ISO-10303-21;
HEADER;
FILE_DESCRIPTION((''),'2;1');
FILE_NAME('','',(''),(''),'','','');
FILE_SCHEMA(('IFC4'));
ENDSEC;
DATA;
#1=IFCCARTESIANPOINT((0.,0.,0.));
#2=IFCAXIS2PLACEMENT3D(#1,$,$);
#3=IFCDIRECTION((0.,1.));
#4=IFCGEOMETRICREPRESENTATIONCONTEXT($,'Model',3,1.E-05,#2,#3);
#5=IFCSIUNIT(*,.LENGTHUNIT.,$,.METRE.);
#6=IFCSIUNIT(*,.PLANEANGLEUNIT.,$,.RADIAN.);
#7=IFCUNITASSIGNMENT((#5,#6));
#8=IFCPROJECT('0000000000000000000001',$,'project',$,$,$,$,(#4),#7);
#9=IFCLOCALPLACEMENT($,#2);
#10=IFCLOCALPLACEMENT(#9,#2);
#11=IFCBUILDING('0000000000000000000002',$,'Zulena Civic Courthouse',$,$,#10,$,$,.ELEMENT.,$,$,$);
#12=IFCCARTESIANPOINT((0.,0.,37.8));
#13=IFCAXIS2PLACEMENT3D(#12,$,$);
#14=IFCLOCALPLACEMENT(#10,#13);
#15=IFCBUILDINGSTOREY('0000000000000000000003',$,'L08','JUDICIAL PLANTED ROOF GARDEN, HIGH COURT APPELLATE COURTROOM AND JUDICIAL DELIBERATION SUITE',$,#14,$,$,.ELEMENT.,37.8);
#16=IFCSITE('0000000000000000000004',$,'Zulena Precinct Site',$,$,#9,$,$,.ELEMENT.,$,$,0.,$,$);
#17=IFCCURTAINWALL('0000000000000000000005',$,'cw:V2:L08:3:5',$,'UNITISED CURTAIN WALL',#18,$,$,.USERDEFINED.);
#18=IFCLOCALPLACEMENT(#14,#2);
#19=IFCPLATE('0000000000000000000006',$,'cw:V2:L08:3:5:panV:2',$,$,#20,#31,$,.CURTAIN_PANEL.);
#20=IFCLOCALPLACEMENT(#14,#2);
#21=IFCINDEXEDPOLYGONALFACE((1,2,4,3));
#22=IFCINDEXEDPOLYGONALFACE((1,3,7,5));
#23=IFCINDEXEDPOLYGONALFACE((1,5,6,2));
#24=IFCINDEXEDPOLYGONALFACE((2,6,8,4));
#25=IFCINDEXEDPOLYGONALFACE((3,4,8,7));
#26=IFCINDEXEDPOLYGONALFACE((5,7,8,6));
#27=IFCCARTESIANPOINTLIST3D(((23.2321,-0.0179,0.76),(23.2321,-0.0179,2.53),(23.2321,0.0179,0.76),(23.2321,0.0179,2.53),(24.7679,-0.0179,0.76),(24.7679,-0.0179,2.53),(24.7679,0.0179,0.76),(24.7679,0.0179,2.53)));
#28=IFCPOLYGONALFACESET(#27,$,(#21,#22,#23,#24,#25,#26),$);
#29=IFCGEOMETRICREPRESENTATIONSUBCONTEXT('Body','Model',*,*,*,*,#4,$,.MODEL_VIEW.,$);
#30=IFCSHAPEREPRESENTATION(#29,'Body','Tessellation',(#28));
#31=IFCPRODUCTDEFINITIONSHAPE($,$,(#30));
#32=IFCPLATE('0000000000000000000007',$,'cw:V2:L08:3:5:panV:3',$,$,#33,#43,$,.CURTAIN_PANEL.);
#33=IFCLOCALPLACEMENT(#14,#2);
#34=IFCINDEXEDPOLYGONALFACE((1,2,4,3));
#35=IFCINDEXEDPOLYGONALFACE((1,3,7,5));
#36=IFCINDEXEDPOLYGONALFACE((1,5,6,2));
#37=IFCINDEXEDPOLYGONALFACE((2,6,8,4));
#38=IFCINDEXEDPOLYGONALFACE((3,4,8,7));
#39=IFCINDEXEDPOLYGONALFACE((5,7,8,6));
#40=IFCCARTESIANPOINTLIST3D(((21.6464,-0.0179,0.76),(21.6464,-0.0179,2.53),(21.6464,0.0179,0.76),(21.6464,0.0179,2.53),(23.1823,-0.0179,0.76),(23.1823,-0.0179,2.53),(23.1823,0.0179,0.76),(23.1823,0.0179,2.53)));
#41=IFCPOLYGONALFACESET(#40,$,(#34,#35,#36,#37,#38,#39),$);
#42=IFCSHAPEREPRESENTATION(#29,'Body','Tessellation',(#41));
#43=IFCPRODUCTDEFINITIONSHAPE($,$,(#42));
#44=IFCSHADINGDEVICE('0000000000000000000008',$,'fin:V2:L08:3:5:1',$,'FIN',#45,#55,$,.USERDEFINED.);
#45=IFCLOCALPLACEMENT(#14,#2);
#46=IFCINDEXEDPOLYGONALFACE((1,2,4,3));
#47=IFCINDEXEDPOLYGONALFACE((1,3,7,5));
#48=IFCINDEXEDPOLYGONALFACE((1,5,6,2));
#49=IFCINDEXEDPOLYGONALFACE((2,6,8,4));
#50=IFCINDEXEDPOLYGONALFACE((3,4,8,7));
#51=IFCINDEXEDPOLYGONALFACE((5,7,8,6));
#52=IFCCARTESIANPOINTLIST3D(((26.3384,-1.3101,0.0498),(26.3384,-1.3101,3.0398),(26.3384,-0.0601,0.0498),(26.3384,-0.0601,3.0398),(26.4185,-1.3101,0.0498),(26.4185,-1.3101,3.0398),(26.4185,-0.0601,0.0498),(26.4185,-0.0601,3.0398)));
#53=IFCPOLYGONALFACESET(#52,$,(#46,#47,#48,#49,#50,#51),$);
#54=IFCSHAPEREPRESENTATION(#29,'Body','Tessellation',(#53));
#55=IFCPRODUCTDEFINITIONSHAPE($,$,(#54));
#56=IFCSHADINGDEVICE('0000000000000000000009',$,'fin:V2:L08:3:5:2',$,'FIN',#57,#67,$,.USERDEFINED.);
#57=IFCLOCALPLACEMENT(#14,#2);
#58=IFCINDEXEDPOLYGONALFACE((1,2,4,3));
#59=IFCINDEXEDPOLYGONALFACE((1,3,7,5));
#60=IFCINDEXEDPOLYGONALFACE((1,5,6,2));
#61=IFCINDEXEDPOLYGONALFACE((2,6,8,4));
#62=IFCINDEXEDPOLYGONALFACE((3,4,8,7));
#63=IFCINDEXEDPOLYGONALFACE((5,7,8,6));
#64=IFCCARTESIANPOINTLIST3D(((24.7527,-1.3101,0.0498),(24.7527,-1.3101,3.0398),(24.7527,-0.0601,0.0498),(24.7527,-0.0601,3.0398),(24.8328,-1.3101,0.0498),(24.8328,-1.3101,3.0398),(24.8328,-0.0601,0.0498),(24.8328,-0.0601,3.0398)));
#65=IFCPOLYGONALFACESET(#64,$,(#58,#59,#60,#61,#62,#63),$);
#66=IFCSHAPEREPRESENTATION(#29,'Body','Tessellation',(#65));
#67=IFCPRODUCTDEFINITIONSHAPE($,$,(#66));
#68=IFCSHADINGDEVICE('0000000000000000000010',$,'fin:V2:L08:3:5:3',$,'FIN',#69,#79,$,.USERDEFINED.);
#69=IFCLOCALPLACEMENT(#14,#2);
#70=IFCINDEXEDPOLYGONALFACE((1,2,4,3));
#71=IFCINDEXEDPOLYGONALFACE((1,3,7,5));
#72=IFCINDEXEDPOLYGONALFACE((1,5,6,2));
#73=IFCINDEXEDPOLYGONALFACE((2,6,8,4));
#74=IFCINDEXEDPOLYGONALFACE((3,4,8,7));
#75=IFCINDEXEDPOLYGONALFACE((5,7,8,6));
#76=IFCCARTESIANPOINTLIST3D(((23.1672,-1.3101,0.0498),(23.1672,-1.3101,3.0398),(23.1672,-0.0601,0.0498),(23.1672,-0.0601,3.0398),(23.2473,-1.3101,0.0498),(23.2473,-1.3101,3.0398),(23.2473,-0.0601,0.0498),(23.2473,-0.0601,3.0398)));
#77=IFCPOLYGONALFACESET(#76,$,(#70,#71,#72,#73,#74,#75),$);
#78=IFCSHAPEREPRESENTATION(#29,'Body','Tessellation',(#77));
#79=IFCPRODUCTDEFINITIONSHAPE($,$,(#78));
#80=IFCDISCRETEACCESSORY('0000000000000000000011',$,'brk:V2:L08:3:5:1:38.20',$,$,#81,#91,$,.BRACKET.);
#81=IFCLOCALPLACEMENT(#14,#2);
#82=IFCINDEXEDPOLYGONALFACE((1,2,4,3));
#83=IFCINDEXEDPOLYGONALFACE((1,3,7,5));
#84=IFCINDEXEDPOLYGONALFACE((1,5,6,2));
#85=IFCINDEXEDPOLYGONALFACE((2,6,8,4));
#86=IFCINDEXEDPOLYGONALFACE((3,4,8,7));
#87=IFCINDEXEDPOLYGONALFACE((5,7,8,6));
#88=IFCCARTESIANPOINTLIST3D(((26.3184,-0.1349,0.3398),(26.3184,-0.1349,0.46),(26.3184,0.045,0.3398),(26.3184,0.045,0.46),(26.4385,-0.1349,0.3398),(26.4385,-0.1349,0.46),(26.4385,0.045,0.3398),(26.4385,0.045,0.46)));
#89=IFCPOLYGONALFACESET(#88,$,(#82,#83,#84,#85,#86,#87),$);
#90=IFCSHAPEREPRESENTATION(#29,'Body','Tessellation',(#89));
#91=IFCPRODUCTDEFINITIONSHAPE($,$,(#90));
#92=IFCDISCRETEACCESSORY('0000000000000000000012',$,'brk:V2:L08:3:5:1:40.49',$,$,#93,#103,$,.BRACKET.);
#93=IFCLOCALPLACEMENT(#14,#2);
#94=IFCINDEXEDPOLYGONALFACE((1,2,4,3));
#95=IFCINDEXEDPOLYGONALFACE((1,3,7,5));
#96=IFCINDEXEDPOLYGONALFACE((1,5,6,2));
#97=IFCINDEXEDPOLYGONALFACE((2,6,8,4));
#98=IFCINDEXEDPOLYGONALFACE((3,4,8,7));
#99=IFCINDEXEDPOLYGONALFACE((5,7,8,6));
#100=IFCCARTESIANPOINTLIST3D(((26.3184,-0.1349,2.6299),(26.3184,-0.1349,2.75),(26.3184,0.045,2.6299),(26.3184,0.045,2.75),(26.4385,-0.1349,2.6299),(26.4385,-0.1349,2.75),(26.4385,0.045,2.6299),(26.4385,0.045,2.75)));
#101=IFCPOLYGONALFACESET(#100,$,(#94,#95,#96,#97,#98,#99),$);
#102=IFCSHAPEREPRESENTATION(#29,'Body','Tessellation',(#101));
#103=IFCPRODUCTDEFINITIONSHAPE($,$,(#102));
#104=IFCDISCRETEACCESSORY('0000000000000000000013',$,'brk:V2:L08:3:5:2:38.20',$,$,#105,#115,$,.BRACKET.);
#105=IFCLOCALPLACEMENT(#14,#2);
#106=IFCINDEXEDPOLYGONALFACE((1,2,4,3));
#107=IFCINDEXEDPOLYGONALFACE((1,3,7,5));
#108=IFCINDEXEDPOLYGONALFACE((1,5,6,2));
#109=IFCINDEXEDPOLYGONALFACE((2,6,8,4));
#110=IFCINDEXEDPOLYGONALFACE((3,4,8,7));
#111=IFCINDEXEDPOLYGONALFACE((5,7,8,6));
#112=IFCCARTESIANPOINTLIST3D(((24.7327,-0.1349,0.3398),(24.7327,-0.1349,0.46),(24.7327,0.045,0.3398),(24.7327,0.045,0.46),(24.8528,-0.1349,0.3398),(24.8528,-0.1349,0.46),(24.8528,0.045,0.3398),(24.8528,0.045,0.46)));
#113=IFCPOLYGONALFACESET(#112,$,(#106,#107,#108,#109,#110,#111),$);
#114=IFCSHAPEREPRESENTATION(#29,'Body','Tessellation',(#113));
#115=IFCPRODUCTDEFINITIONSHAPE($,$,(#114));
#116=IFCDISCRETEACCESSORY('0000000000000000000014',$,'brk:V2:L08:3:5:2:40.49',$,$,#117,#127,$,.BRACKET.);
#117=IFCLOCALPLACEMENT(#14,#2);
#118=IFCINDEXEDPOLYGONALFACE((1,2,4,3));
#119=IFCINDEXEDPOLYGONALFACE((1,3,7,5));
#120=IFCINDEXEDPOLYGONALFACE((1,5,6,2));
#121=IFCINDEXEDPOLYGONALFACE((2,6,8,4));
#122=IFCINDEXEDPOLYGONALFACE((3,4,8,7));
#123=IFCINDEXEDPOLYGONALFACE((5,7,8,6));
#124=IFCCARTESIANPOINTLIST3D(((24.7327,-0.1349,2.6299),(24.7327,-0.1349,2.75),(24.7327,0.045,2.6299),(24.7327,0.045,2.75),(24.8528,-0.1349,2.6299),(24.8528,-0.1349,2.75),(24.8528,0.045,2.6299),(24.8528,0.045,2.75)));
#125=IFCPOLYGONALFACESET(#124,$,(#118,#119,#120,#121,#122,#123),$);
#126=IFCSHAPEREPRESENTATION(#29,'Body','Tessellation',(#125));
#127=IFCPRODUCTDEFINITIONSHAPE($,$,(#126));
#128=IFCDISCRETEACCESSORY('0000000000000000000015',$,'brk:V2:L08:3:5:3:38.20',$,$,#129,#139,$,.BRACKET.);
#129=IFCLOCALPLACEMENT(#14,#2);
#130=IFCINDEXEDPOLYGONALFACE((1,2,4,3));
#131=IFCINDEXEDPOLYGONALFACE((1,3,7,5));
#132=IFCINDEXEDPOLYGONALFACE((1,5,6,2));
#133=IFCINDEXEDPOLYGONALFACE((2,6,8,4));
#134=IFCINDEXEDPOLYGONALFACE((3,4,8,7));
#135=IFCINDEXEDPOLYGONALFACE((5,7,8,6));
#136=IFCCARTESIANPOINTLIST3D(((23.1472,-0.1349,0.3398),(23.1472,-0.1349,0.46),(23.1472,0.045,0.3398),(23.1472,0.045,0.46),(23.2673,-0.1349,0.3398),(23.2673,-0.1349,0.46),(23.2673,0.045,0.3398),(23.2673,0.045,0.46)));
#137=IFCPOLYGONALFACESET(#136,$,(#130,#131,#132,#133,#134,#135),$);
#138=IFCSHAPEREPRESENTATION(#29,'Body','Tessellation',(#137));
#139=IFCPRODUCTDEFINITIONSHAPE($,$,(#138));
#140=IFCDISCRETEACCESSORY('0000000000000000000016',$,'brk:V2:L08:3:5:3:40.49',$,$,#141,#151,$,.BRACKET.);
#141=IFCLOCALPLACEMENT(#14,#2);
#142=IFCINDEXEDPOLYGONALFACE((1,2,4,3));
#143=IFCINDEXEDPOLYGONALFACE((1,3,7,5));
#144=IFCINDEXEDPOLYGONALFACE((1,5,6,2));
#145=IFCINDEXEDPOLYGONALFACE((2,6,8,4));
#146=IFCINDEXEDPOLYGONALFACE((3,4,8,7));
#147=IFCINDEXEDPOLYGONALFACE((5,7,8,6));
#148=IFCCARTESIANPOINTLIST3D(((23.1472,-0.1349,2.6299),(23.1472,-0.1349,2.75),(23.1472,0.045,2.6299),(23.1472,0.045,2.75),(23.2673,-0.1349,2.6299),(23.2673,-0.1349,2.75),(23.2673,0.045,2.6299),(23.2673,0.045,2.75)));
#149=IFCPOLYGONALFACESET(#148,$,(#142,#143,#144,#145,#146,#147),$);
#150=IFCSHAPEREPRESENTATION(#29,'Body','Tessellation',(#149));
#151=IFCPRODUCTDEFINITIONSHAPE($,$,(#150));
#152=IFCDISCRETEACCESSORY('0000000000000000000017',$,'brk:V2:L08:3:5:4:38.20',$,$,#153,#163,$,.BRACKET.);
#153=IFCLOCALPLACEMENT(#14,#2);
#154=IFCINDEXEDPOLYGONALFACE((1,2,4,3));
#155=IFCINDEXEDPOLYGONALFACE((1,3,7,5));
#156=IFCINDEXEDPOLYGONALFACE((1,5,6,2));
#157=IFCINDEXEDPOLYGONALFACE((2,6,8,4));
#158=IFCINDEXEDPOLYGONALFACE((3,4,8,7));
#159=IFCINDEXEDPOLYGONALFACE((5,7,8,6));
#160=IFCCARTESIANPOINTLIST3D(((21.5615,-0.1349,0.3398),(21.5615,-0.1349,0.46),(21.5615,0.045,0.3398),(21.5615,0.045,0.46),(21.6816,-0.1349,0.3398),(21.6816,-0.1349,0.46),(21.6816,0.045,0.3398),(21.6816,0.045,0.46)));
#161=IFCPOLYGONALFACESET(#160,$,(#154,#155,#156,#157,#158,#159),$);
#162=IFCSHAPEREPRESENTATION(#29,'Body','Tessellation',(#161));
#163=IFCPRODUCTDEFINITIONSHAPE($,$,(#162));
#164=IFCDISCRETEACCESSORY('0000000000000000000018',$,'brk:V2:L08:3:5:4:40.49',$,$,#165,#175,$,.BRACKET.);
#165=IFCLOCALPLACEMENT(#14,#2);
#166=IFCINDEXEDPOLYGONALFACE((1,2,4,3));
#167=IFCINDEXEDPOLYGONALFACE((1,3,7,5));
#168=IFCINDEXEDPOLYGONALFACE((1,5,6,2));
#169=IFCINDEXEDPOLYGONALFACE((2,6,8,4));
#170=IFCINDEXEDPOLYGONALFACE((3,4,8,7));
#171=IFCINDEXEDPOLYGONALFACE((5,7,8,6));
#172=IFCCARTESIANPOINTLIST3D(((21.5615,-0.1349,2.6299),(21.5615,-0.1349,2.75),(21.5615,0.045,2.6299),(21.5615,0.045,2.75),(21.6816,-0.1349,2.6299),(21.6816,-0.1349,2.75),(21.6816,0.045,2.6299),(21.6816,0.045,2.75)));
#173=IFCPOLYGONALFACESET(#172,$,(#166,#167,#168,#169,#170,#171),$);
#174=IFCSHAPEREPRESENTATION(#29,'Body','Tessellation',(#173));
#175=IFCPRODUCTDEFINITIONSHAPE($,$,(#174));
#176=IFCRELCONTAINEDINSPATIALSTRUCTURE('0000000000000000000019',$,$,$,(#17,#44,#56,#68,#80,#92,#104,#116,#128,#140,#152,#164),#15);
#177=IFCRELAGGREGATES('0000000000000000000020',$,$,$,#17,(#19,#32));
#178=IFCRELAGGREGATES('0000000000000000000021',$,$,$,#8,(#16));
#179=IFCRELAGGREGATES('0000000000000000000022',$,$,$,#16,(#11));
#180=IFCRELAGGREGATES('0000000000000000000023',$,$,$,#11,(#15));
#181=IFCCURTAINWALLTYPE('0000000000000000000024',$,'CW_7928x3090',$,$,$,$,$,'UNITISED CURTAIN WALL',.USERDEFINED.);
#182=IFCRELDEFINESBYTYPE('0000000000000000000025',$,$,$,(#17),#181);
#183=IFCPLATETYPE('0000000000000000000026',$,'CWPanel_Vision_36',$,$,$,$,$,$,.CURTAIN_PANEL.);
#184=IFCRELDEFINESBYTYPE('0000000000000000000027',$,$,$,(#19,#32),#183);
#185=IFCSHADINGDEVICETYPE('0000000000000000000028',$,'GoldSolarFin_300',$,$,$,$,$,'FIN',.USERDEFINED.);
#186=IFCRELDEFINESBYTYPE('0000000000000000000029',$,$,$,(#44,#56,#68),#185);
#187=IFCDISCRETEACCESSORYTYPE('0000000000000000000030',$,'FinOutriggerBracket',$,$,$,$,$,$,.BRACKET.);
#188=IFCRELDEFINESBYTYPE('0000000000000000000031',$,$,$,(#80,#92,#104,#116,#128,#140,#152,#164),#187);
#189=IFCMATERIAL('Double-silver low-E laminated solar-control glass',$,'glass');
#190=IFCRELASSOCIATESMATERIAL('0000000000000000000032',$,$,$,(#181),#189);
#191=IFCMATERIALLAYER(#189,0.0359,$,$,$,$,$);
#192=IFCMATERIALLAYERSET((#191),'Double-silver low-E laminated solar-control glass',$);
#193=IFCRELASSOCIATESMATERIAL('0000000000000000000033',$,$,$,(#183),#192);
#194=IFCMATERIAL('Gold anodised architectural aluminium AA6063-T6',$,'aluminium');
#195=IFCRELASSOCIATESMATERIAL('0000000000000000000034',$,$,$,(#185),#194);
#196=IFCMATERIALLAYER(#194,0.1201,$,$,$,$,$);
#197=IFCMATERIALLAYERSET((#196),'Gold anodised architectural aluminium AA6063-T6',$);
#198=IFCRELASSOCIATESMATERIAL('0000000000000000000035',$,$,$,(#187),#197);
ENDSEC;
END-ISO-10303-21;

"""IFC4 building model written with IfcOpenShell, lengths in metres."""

from ifc_helpers import new_model, si_unit, direction, frame, origin, origin_2d, place, context, subcontext, project, spatial, rectangle, extrude, material, layer, layer_set, type_object, element, aggregate, save


model = new_model("IFC4")

# Units and contexts
model_context = context("Model", 3, precision=1e-05, world=origin(), true_north=direction((0.0, 1.0)))
body_context = subcontext(model_context, "Body", "Model", "MODEL_VIEW")
ifc_project = project(units=[si_unit("LENGTHUNIT", "METRE"), si_unit("PLANEANGLEUNIT", "RADIAN")], contexts=[model_context])

# Site, building, storey
site_placement = place(None, origin())
site = spatial("IfcSite", under=ifc_project, at=site_placement, Name="Zulena Precinct Site", CompositionType="ELEMENT", RefElevation=0.0)
building_placement = place(site_placement, origin())
building = spatial("IfcBuilding", under=site, at=building_placement, Name="Zulena Civic Courthouse", CompositionType="ELEMENT")
storey_placement = place(building_placement, frame((0.0, 0.0, 37.8)))
storey = spatial("IfcBuildingStorey", under=building, at=storey_placement, Name="L08", Description="JUDICIAL PLANTED ROOF GARDEN, HIGH COURT APPELLATE COURTROOM AND JUDICIAL DELIBERATION SUITE", CompositionType="ELEMENT", Elevation=37.8)

# Curtain wall
ifc_material_1 = material(Name="Double-silver low-E laminated solar-control glass", Category="glass")
curtain_wall_type = type_object("IfcCurtainWallType", Name="CW_7928x3090", ElementType="UNITISED CURTAIN WALL", PredefinedType="USERDEFINED", material=ifc_material_1)
curtain_wall_placement = place(storey_placement, origin())
curtain_wall = element("IfcCurtainWall", 1, at=curtain_wall_placement, inside=storey, type_object=curtain_wall_type, Name="cw:V2:L08:3:5", ObjectType="UNITISED CURTAIN WALL", PredefinedType="USERDEFINED")

# Plates
ifc_layer_1 = layer(ifc_material_1, 0.0359)
ifc_layer_set_1 = layer_set([ifc_layer_1], Name="Double-silver low-E laminated solar-control glass")
plate_type_1 = type_object("IfcPlateType", Name="CWPanel_Vision_36", PredefinedType="CURTAIN_PANEL", material=ifc_layer_set_1)
plate_1_placement = place(storey_placement, frame((24.0, 0.0, 0.76), z_axis=(0.0, 0.0, 1.0), x_axis=(-1.0, 0.0, 0.0)))
plate_1 = element("IfcPlate", 2, at=plate_1_placement, type_object=plate_type_1, Name="cw:V2:L08:3:5:panV:2", PredefinedType="CURTAIN_PANEL", context=body_context, shape_type="SweptSolid", body=[
    extrude(rectangle(XDim=1.5359, YDim=0.0359, at=origin_2d()), origin(), (0.0, 0.0, 1.0), 1.77),
])
plate_2_placement = place(storey_placement, frame((22.4143, 0.0, 0.76), z_axis=(0.0, 0.0, 1.0), x_axis=(-1.0, 0.0, 0.0)))
plate_2 = element("IfcPlate", 3, at=plate_2_placement, type_object=plate_type_1, Name="cw:V2:L08:3:5:panV:3", PredefinedType="CURTAIN_PANEL", context=body_context, shape_type="SweptSolid", body=[
    extrude(rectangle(XDim=1.5359, YDim=0.0359, at=origin_2d()), origin(), (0.0, 0.0, 1.0), 1.77),
])
aggregate(curtain_wall, [plate_1, plate_2])

# Shading devices
ifc_material_2 = material(Name="Gold anodised architectural aluminium AA6063-T6", Category="aluminium")
shading_device_type = type_object("IfcShadingDeviceType", Name="GoldSolarFin_300", ElementType="FIN", PredefinedType="USERDEFINED", material=ifc_material_2)
for number, where, z_axis, x_axis, name in (
    (4, (26.3784, -0.6851, 0.0498), (0.0, 0.0, 1.0), (0.0, -1.0, 0.0), "fin:V2:L08:3:5:1"),
    (5, (24.7927, -0.6851, 0.0498), (0.0, 0.0, 1.0), (0.0, -1.0, 0.0), "fin:V2:L08:3:5:2"),
    (6, (23.2073, -0.6851, 0.0498), (0.0, 0.0, 1.0), (0.0, -1.0, 0.0), "fin:V2:L08:3:5:3"),
):
    element("IfcShadingDevice", number, at=place(storey_placement, frame(where, z_axis=z_axis, x_axis=x_axis)), inside=storey, type_object=shading_device_type, Name=name, ObjectType="FIN", PredefinedType="USERDEFINED", context=body_context, shape_type="SweptSolid", body=[
        extrude(rectangle(XDim=1.25, YDim=0.0801, at=origin_2d()), origin(), (0.0, 0.0, 1.0), 2.99),
    ])

# Discrete accessories
ifc_layer_2 = layer(ifc_material_2, 0.1201)
ifc_layer_set_2 = layer_set([ifc_layer_2], Name="Gold anodised architectural aluminium AA6063-T6")
discrete_accessory_type = type_object("IfcDiscreteAccessoryType", Name="FinOutriggerBracket", PredefinedType="BRACKET", material=ifc_layer_set_2)
for number, where, z_axis, x_axis, name in (
    (7, (26.3784, -0.0449, 0.3398), (0.0, 0.0, 1.0), (0.0, -1.0, 0.0), "brk:V2:L08:3:5:1:38.20"),
    (8, (26.3784, -0.0449, 2.6299), (0.0, 0.0, 1.0), (0.0, -1.0, 0.0), "brk:V2:L08:3:5:1:40.49"),
    (9, (24.7927, -0.0449, 0.3398), (0.0, 0.0, 1.0), (0.0, -1.0, 0.0), "brk:V2:L08:3:5:2:38.20"),
    (10, (24.7927, -0.0449, 2.6299), (0.0, 0.0, 1.0), (0.0, -1.0, 0.0), "brk:V2:L08:3:5:2:40.49"),
    (11, (23.2073, -0.0449, 0.3398), (0.0, 0.0, 1.0), (0.0, -1.0, 0.0), "brk:V2:L08:3:5:3:38.20"),
    (12, (23.2073, -0.0449, 2.6299), (0.0, 0.0, 1.0), (0.0, -1.0, 0.0), "brk:V2:L08:3:5:3:40.49"),
    (13, (21.6216, -0.0449, 0.3398), (0.0, 0.0, 1.0), (0.0, -1.0, 0.0), "brk:V2:L08:3:5:4:38.20"),
    (14, (21.6216, -0.0449, 2.6299), (0.0, 0.0, 1.0), (0.0, -1.0, 0.0), "brk:V2:L08:3:5:4:40.49"),
):
    element("IfcDiscreteAccessory", number, at=place(storey_placement, frame(where, z_axis=z_axis, x_axis=x_axis)), inside=storey, type_object=discrete_accessory_type, Name=name, PredefinedType="BRACKET", context=body_context, shape_type="SweptSolid", body=[
        extrude(rectangle(XDim=0.1799, YDim=0.1201, at=origin_2d()), origin(), (0.0, 0.0, 1.0), 0.1201),
    ])

save(model, "model.ifc")
